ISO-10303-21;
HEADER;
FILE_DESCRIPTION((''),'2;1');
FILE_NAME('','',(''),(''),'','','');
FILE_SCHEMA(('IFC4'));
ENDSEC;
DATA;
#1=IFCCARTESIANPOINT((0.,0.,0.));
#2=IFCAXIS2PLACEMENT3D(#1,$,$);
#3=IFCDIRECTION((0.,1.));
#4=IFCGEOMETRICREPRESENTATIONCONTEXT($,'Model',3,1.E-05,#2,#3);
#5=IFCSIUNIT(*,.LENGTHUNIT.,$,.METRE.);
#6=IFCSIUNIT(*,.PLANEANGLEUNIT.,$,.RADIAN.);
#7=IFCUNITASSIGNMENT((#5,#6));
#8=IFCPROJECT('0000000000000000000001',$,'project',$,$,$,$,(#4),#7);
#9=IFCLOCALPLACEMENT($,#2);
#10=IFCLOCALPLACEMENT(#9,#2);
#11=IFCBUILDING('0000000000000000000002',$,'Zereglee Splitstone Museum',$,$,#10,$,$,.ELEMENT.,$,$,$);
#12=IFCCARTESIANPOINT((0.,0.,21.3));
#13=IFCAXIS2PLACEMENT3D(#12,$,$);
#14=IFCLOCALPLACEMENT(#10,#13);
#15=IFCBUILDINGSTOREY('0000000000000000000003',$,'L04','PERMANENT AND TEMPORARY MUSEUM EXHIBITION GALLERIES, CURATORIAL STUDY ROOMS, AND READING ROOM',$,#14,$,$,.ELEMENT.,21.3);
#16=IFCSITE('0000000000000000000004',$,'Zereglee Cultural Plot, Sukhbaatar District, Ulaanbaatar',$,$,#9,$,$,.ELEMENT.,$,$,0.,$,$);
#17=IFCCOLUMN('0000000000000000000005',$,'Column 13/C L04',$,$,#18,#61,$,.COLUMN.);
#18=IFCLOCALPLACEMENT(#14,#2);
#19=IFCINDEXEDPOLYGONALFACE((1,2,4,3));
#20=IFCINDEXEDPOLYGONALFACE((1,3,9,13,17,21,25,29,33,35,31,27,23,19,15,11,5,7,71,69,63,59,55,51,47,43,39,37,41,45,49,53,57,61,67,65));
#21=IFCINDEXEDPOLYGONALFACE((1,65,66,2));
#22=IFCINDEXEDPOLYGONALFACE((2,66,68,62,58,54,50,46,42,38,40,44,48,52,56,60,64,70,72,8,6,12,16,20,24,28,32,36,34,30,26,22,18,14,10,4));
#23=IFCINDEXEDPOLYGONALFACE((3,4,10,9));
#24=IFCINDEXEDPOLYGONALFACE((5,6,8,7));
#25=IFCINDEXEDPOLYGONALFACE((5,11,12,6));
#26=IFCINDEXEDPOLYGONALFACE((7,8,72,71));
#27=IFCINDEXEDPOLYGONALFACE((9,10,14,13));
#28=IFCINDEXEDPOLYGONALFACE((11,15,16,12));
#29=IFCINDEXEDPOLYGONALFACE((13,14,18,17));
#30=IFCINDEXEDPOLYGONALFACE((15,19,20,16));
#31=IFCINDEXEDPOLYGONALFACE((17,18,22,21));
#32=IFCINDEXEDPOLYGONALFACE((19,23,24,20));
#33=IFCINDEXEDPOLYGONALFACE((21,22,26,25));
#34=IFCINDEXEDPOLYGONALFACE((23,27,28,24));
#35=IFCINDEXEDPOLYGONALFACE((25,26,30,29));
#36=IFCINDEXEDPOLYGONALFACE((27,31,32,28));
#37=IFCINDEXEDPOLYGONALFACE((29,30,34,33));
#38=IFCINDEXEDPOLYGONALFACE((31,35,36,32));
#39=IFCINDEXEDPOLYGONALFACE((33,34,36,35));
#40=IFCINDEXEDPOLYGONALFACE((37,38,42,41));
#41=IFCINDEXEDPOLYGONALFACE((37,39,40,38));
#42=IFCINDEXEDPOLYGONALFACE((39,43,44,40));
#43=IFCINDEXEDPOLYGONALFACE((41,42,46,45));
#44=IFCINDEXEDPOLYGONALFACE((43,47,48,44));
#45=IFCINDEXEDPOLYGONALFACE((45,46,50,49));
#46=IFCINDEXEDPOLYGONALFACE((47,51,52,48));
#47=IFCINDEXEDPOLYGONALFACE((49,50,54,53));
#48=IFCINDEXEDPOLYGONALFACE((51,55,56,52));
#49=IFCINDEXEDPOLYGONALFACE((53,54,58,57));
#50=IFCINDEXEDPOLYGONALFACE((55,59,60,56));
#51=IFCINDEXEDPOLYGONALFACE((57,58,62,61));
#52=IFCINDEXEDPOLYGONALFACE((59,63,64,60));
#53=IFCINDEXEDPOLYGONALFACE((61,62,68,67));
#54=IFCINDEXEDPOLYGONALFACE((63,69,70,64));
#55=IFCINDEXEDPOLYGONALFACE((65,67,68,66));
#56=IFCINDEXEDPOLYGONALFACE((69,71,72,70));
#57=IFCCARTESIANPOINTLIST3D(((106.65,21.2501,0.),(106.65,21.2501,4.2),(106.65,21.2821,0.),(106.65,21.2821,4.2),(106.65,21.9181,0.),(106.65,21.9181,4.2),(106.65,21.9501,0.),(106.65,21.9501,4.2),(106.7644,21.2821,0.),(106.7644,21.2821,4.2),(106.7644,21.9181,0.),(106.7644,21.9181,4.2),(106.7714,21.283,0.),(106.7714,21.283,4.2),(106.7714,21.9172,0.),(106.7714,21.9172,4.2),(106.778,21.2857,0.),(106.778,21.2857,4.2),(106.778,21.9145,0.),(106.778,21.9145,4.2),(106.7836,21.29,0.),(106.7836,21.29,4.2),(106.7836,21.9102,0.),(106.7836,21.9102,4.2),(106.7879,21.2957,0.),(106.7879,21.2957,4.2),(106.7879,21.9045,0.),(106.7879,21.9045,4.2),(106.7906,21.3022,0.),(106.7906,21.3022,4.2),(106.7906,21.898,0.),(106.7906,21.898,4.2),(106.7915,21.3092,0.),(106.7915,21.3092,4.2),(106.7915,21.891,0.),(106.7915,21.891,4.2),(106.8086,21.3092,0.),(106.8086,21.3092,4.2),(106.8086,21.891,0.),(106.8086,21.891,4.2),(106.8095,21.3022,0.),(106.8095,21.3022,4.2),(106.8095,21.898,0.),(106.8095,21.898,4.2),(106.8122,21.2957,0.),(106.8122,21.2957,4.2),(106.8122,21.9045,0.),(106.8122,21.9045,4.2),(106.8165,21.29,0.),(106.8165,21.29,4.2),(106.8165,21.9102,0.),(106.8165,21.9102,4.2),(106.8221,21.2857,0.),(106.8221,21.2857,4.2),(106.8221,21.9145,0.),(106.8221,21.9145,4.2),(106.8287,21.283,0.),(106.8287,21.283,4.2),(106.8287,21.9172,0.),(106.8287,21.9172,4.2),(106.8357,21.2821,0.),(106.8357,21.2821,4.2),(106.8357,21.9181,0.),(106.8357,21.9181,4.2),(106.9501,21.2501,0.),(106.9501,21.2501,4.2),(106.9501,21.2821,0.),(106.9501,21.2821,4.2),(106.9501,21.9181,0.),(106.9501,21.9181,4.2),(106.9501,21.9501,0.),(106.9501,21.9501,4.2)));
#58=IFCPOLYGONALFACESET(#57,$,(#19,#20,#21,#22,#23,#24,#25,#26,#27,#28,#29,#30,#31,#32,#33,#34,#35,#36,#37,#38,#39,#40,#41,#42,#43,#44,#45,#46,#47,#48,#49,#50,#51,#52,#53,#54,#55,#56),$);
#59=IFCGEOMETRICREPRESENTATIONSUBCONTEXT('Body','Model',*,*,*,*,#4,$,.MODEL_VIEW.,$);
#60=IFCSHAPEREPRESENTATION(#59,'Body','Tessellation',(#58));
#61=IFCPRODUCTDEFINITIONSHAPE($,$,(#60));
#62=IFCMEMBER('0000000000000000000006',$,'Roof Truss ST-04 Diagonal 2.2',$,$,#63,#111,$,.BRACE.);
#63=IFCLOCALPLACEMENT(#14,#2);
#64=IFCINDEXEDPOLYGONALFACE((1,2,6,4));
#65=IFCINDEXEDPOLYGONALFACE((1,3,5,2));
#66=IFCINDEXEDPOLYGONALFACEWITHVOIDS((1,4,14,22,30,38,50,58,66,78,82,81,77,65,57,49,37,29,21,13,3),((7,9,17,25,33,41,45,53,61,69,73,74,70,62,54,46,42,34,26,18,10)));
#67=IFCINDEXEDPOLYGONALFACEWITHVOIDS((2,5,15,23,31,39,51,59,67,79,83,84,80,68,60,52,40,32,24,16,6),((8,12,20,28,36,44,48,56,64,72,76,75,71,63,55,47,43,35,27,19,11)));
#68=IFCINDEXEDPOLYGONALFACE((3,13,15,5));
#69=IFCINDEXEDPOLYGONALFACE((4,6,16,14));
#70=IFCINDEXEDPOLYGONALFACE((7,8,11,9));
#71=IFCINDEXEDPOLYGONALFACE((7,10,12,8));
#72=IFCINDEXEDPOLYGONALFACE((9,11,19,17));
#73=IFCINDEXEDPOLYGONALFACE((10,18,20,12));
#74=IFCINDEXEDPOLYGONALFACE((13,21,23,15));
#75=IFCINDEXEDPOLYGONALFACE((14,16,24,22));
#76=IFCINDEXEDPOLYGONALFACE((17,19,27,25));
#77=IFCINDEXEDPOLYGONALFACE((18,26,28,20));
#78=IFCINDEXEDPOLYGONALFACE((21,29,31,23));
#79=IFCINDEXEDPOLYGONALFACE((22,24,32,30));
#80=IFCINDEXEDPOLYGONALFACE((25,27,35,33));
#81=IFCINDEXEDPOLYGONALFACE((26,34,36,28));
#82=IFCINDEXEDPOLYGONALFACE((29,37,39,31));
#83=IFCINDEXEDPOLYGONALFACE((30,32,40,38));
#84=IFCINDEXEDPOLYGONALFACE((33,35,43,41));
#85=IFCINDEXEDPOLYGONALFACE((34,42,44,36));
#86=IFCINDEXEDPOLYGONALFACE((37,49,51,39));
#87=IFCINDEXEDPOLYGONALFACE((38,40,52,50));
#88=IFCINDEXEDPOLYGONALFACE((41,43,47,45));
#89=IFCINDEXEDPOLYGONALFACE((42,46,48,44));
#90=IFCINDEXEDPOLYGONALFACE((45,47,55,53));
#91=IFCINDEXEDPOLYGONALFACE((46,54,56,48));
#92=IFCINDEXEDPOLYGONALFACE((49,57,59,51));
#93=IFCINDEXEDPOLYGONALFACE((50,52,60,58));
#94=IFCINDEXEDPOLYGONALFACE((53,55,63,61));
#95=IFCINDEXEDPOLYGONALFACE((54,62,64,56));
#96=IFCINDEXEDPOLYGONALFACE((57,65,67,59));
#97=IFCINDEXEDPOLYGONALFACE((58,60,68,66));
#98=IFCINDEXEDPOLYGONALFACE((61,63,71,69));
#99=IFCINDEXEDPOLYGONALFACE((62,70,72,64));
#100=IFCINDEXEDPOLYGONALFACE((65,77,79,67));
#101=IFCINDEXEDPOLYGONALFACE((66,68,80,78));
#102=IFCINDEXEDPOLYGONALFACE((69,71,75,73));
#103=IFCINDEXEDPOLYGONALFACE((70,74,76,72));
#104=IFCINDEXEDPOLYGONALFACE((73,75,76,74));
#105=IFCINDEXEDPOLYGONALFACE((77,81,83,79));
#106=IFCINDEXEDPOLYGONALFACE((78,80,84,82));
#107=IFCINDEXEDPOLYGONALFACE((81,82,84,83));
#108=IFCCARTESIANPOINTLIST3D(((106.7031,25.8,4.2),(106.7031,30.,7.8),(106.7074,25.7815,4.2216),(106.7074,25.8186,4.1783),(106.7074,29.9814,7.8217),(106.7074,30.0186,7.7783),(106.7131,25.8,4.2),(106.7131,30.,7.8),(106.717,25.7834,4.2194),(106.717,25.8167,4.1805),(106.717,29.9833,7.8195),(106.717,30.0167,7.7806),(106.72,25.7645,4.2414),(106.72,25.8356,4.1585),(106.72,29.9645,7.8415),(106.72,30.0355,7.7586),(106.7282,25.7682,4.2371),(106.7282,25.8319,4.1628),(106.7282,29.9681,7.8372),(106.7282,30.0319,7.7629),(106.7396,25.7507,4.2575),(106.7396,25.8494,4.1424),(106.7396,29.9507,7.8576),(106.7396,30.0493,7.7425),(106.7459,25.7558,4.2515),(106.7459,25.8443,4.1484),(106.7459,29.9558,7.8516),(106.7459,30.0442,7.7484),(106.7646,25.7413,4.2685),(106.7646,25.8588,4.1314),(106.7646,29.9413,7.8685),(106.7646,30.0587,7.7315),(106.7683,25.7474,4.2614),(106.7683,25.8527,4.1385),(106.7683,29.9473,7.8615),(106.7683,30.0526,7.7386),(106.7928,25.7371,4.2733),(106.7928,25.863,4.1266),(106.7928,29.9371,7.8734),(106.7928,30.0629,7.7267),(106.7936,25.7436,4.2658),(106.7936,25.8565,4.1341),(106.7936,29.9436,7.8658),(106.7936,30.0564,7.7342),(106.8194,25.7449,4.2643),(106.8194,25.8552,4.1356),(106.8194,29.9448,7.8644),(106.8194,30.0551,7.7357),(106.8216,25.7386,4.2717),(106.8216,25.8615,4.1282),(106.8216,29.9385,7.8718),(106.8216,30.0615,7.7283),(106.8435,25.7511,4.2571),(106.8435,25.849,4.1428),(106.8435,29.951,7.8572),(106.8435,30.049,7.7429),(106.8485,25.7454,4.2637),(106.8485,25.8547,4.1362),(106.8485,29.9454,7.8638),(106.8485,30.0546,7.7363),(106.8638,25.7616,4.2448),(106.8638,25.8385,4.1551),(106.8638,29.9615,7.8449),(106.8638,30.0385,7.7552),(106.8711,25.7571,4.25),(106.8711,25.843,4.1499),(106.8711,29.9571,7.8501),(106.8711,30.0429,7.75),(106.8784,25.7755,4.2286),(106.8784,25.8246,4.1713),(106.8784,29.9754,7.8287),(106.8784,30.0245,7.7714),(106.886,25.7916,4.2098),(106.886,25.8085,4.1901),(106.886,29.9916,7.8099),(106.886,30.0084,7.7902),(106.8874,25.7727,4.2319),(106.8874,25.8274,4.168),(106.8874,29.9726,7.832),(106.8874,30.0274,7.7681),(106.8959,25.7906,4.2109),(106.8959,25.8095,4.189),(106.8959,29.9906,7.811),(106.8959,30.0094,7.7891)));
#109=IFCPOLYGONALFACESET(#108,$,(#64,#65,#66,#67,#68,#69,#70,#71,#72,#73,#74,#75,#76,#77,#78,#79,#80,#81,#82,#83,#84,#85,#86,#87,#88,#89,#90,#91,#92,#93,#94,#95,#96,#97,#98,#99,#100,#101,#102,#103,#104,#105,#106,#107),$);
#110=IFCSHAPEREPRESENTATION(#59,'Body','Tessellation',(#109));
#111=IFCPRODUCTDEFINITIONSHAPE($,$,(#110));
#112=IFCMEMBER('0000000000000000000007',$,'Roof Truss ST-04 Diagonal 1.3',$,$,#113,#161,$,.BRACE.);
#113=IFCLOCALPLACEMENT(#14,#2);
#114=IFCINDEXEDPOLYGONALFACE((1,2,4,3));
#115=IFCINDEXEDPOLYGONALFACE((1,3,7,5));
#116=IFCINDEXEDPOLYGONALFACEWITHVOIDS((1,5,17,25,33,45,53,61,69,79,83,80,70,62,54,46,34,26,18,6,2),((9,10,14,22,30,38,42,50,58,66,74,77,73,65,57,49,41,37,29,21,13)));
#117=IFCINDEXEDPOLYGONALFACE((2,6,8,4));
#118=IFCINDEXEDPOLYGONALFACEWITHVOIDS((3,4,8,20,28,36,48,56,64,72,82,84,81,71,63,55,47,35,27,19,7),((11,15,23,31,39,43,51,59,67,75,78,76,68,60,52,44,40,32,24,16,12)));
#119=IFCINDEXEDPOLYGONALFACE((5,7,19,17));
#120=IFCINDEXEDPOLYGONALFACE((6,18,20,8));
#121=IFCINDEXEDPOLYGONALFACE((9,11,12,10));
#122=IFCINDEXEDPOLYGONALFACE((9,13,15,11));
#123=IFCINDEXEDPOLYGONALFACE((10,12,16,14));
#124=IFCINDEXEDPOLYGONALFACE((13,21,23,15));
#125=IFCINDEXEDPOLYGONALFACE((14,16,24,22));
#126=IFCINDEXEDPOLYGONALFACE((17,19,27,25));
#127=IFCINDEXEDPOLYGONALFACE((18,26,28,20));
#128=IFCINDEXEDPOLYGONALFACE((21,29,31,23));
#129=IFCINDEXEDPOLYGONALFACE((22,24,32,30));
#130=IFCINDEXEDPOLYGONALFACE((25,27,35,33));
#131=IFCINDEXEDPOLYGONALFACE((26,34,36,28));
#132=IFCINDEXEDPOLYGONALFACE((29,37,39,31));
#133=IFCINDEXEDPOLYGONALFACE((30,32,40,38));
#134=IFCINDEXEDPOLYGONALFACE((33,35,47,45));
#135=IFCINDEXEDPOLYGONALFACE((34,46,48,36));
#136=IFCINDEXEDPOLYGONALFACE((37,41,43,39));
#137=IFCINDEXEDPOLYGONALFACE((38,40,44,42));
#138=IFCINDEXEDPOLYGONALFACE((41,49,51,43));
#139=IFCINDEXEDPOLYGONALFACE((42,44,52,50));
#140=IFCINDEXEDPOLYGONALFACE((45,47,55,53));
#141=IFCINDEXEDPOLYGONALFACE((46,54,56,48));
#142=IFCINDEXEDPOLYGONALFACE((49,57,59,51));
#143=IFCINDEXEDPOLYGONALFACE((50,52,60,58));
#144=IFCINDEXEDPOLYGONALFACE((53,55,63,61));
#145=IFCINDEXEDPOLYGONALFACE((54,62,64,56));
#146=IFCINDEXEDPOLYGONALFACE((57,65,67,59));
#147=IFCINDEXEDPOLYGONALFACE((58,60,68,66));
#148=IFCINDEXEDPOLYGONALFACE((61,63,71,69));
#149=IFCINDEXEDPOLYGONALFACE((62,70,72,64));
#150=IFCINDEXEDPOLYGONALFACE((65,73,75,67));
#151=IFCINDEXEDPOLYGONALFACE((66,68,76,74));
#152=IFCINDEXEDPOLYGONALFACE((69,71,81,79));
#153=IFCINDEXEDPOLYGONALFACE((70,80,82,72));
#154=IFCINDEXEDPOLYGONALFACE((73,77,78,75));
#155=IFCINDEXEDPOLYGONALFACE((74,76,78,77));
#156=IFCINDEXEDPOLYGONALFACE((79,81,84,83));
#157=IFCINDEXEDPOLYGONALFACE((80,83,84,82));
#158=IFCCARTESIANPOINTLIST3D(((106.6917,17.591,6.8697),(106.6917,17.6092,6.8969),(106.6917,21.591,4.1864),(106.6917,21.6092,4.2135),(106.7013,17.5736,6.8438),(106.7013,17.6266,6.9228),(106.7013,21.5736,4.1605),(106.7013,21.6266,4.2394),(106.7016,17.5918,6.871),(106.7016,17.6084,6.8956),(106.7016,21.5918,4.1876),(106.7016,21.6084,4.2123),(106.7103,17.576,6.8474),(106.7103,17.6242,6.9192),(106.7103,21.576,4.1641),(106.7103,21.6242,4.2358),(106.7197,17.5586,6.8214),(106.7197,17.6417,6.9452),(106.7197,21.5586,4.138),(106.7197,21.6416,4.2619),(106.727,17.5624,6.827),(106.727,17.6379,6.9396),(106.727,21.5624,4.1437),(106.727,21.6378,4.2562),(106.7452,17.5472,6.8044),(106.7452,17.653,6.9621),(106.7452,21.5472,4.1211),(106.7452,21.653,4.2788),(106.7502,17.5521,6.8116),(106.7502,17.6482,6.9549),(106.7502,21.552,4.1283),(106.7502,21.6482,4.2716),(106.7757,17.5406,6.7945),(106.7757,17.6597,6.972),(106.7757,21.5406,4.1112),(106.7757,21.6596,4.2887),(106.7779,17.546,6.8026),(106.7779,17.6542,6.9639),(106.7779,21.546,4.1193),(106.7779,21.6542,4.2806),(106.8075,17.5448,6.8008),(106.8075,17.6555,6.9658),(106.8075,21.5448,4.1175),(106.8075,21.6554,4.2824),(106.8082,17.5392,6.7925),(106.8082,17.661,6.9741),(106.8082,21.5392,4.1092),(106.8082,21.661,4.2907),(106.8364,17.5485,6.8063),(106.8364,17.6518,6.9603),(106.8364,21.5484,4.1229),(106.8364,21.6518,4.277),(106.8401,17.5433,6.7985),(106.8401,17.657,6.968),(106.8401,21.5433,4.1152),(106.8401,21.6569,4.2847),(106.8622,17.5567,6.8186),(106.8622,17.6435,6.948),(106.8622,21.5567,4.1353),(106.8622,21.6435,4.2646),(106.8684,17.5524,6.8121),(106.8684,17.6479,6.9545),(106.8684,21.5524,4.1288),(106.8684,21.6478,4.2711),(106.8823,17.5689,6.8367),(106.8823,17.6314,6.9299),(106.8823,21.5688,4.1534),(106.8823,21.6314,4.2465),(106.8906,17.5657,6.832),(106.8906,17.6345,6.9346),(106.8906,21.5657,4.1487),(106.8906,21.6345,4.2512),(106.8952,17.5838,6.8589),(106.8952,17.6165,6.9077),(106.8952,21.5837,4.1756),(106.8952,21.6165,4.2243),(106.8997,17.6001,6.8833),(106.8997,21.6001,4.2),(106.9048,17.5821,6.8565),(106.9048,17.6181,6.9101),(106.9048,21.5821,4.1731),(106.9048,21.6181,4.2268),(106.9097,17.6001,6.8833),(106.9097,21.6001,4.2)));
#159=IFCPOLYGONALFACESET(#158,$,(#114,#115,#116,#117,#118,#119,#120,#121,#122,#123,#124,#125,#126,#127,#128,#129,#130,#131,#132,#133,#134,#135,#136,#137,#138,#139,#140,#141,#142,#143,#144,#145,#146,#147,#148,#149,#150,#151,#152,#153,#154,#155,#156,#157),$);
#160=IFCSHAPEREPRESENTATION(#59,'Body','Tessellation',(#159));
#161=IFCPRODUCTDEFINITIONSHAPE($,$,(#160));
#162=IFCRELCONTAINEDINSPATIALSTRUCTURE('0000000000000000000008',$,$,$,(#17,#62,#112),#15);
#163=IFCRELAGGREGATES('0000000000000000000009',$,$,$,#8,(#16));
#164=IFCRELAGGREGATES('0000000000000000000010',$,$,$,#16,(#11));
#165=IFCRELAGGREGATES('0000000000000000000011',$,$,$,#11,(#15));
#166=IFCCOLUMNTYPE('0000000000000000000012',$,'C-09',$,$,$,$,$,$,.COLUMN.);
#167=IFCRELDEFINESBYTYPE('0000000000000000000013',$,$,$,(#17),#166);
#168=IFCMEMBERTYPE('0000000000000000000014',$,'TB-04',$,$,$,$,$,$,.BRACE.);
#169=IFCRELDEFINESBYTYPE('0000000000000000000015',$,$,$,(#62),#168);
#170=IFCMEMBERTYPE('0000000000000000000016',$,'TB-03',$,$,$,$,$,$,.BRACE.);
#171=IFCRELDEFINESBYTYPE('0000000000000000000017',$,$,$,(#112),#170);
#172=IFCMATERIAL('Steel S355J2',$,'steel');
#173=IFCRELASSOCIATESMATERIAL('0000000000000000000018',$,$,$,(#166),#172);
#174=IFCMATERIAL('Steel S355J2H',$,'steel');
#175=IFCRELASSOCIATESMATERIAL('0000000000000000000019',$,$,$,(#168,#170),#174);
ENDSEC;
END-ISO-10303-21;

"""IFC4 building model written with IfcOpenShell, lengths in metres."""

from ifc_helpers import new_model, si_unit, direction, frame, origin, origin_2d, place, context, subcontext, project, spatial, hollow_circle, i_section, extrude, material, material_profile, profile_set, type_object, element, save


model = new_model("IFC4")

# Units and contexts
model_context = context("Model", 3, precision=1e-05, world=origin(), true_north=direction((0.0, 1.0)))
body_context = subcontext(model_context, "Body", "Model", "MODEL_VIEW")
ifc_project = project(units=[si_unit("LENGTHUNIT", "METRE"), si_unit("PLANEANGLEUNIT", "RADIAN")], contexts=[model_context])

# Site, building, storey
site_placement = place(None, origin())
site = spatial("IfcSite", under=ifc_project, at=site_placement, Name="Zereglee Cultural Plot, Sukhbaatar District, Ulaanbaatar", CompositionType="ELEMENT", RefElevation=0.0)
building_placement = place(site_placement, origin())
building = spatial("IfcBuilding", under=site, at=building_placement, Name="Zereglee Splitstone Museum", CompositionType="ELEMENT")
storey_placement = place(building_placement, frame((0.0, 0.0, 21.3)))
storey = spatial("IfcBuildingStorey", under=building, at=storey_placement, Name="L04", Description="PERMANENT AND TEMPORARY MUSEUM EXHIBITION GALLERIES, CURATORIAL STUDY ROOMS, AND READING ROOM", CompositionType="ELEMENT", Elevation=21.3)

# Column
ifc_material_1 = material(Name="Steel S355J2", Category="steel")
ifc_material_profile_1 = material_profile(ifc_material_1, i_section(OverallWidth=0.3, OverallDepth=0.7, WebThickness=0.0171, FlangeThickness=0.032, FilletRadius=0.0271, at=origin_2d()), Name="HE 700 B")
ifc_profile_set_1 = profile_set([ifc_material_profile_1], Name="Steel S355J2")
column_type = type_object("IfcColumnType", Name="C-09", PredefinedType="COLUMN", material=ifc_profile_set_1)
column_placement = place(storey_placement, frame((106.8, 21.6001, 0.0), z_axis=(0.0, 0.0, 1.0), x_axis=(1.0, 0.0, 0.0)))
element("IfcColumn", 1, at=column_placement, inside=storey, type_object=column_type, Name="Column 13/C L04", PredefinedType="COLUMN", context=body_context, shape_type="SweptSolid", body=[
    extrude(i_section(OverallWidth=0.3, OverallDepth=0.7, WebThickness=0.0171, FlangeThickness=0.032, FilletRadius=0.0271, at=origin_2d()), origin(), (0.0, 0.0, 1.0), 4.2),
])

# Members
ifc_material_2 = material(Name="Steel S355J2H", Category="steel")
ifc_material_profile_2 = material_profile(ifc_material_2, hollow_circle(Radius=0.0969, WallThickness=0.01, at=origin_2d()), Name="CHS 193.7x10")
ifc_profile_set_2 = profile_set([ifc_material_profile_2], Name="Steel S355J2H")
member_type_1 = type_object("IfcMemberType", Name="TB-04", PredefinedType="BRACE", material=ifc_profile_set_2)
member_1_placement = place(storey_placement, frame((106.8, 25.8, 4.2), z_axis=(0.0, 0.759244, 0.650806), x_axis=(-1.0, 0.0, 0.0)))
element("IfcMember", 2, at=member_1_placement, inside=storey, type_object=member_type_1, Name="Roof Truss ST-04 Diagonal 2.2", PredefinedType="BRACE", context=body_context, shape_type="SweptSolid", body=[
    extrude(hollow_circle(Radius=0.0969, WallThickness=0.01, at=origin_2d()), origin(), (0.0, 0.0, 1.0), 5.5317),
])
ifc_material_profile_3 = material_profile(ifc_material_2, hollow_circle(Radius=0.1096, WallThickness=0.01, at=origin_2d()), Name="CHS 219.1x10")
ifc_profile_set_3 = profile_set([ifc_material_profile_3], Name="Steel S355J2H")
member_type_2 = type_object("IfcMemberType", Name="TB-03", PredefinedType="BRACE", material=ifc_profile_set_3)
member_2_placement = place(storey_placement, frame((106.8, 21.6001, 4.2), z_axis=(0.0, -0.830448, 0.557096), x_axis=(1.0, 0.0, 0.0)))
element("IfcMember", 3, at=member_2_placement, inside=storey, type_object=member_type_2, Name="Roof Truss ST-04 Diagonal 1.3", PredefinedType="BRACE", context=body_context, shape_type="SweptSolid", body=[
    extrude(hollow_circle(Radius=0.1096, WallThickness=0.01, at=origin_2d()), origin(), (0.0, 0.0, 1.0), 4.8167),
])

save(model, "model.ifc")
